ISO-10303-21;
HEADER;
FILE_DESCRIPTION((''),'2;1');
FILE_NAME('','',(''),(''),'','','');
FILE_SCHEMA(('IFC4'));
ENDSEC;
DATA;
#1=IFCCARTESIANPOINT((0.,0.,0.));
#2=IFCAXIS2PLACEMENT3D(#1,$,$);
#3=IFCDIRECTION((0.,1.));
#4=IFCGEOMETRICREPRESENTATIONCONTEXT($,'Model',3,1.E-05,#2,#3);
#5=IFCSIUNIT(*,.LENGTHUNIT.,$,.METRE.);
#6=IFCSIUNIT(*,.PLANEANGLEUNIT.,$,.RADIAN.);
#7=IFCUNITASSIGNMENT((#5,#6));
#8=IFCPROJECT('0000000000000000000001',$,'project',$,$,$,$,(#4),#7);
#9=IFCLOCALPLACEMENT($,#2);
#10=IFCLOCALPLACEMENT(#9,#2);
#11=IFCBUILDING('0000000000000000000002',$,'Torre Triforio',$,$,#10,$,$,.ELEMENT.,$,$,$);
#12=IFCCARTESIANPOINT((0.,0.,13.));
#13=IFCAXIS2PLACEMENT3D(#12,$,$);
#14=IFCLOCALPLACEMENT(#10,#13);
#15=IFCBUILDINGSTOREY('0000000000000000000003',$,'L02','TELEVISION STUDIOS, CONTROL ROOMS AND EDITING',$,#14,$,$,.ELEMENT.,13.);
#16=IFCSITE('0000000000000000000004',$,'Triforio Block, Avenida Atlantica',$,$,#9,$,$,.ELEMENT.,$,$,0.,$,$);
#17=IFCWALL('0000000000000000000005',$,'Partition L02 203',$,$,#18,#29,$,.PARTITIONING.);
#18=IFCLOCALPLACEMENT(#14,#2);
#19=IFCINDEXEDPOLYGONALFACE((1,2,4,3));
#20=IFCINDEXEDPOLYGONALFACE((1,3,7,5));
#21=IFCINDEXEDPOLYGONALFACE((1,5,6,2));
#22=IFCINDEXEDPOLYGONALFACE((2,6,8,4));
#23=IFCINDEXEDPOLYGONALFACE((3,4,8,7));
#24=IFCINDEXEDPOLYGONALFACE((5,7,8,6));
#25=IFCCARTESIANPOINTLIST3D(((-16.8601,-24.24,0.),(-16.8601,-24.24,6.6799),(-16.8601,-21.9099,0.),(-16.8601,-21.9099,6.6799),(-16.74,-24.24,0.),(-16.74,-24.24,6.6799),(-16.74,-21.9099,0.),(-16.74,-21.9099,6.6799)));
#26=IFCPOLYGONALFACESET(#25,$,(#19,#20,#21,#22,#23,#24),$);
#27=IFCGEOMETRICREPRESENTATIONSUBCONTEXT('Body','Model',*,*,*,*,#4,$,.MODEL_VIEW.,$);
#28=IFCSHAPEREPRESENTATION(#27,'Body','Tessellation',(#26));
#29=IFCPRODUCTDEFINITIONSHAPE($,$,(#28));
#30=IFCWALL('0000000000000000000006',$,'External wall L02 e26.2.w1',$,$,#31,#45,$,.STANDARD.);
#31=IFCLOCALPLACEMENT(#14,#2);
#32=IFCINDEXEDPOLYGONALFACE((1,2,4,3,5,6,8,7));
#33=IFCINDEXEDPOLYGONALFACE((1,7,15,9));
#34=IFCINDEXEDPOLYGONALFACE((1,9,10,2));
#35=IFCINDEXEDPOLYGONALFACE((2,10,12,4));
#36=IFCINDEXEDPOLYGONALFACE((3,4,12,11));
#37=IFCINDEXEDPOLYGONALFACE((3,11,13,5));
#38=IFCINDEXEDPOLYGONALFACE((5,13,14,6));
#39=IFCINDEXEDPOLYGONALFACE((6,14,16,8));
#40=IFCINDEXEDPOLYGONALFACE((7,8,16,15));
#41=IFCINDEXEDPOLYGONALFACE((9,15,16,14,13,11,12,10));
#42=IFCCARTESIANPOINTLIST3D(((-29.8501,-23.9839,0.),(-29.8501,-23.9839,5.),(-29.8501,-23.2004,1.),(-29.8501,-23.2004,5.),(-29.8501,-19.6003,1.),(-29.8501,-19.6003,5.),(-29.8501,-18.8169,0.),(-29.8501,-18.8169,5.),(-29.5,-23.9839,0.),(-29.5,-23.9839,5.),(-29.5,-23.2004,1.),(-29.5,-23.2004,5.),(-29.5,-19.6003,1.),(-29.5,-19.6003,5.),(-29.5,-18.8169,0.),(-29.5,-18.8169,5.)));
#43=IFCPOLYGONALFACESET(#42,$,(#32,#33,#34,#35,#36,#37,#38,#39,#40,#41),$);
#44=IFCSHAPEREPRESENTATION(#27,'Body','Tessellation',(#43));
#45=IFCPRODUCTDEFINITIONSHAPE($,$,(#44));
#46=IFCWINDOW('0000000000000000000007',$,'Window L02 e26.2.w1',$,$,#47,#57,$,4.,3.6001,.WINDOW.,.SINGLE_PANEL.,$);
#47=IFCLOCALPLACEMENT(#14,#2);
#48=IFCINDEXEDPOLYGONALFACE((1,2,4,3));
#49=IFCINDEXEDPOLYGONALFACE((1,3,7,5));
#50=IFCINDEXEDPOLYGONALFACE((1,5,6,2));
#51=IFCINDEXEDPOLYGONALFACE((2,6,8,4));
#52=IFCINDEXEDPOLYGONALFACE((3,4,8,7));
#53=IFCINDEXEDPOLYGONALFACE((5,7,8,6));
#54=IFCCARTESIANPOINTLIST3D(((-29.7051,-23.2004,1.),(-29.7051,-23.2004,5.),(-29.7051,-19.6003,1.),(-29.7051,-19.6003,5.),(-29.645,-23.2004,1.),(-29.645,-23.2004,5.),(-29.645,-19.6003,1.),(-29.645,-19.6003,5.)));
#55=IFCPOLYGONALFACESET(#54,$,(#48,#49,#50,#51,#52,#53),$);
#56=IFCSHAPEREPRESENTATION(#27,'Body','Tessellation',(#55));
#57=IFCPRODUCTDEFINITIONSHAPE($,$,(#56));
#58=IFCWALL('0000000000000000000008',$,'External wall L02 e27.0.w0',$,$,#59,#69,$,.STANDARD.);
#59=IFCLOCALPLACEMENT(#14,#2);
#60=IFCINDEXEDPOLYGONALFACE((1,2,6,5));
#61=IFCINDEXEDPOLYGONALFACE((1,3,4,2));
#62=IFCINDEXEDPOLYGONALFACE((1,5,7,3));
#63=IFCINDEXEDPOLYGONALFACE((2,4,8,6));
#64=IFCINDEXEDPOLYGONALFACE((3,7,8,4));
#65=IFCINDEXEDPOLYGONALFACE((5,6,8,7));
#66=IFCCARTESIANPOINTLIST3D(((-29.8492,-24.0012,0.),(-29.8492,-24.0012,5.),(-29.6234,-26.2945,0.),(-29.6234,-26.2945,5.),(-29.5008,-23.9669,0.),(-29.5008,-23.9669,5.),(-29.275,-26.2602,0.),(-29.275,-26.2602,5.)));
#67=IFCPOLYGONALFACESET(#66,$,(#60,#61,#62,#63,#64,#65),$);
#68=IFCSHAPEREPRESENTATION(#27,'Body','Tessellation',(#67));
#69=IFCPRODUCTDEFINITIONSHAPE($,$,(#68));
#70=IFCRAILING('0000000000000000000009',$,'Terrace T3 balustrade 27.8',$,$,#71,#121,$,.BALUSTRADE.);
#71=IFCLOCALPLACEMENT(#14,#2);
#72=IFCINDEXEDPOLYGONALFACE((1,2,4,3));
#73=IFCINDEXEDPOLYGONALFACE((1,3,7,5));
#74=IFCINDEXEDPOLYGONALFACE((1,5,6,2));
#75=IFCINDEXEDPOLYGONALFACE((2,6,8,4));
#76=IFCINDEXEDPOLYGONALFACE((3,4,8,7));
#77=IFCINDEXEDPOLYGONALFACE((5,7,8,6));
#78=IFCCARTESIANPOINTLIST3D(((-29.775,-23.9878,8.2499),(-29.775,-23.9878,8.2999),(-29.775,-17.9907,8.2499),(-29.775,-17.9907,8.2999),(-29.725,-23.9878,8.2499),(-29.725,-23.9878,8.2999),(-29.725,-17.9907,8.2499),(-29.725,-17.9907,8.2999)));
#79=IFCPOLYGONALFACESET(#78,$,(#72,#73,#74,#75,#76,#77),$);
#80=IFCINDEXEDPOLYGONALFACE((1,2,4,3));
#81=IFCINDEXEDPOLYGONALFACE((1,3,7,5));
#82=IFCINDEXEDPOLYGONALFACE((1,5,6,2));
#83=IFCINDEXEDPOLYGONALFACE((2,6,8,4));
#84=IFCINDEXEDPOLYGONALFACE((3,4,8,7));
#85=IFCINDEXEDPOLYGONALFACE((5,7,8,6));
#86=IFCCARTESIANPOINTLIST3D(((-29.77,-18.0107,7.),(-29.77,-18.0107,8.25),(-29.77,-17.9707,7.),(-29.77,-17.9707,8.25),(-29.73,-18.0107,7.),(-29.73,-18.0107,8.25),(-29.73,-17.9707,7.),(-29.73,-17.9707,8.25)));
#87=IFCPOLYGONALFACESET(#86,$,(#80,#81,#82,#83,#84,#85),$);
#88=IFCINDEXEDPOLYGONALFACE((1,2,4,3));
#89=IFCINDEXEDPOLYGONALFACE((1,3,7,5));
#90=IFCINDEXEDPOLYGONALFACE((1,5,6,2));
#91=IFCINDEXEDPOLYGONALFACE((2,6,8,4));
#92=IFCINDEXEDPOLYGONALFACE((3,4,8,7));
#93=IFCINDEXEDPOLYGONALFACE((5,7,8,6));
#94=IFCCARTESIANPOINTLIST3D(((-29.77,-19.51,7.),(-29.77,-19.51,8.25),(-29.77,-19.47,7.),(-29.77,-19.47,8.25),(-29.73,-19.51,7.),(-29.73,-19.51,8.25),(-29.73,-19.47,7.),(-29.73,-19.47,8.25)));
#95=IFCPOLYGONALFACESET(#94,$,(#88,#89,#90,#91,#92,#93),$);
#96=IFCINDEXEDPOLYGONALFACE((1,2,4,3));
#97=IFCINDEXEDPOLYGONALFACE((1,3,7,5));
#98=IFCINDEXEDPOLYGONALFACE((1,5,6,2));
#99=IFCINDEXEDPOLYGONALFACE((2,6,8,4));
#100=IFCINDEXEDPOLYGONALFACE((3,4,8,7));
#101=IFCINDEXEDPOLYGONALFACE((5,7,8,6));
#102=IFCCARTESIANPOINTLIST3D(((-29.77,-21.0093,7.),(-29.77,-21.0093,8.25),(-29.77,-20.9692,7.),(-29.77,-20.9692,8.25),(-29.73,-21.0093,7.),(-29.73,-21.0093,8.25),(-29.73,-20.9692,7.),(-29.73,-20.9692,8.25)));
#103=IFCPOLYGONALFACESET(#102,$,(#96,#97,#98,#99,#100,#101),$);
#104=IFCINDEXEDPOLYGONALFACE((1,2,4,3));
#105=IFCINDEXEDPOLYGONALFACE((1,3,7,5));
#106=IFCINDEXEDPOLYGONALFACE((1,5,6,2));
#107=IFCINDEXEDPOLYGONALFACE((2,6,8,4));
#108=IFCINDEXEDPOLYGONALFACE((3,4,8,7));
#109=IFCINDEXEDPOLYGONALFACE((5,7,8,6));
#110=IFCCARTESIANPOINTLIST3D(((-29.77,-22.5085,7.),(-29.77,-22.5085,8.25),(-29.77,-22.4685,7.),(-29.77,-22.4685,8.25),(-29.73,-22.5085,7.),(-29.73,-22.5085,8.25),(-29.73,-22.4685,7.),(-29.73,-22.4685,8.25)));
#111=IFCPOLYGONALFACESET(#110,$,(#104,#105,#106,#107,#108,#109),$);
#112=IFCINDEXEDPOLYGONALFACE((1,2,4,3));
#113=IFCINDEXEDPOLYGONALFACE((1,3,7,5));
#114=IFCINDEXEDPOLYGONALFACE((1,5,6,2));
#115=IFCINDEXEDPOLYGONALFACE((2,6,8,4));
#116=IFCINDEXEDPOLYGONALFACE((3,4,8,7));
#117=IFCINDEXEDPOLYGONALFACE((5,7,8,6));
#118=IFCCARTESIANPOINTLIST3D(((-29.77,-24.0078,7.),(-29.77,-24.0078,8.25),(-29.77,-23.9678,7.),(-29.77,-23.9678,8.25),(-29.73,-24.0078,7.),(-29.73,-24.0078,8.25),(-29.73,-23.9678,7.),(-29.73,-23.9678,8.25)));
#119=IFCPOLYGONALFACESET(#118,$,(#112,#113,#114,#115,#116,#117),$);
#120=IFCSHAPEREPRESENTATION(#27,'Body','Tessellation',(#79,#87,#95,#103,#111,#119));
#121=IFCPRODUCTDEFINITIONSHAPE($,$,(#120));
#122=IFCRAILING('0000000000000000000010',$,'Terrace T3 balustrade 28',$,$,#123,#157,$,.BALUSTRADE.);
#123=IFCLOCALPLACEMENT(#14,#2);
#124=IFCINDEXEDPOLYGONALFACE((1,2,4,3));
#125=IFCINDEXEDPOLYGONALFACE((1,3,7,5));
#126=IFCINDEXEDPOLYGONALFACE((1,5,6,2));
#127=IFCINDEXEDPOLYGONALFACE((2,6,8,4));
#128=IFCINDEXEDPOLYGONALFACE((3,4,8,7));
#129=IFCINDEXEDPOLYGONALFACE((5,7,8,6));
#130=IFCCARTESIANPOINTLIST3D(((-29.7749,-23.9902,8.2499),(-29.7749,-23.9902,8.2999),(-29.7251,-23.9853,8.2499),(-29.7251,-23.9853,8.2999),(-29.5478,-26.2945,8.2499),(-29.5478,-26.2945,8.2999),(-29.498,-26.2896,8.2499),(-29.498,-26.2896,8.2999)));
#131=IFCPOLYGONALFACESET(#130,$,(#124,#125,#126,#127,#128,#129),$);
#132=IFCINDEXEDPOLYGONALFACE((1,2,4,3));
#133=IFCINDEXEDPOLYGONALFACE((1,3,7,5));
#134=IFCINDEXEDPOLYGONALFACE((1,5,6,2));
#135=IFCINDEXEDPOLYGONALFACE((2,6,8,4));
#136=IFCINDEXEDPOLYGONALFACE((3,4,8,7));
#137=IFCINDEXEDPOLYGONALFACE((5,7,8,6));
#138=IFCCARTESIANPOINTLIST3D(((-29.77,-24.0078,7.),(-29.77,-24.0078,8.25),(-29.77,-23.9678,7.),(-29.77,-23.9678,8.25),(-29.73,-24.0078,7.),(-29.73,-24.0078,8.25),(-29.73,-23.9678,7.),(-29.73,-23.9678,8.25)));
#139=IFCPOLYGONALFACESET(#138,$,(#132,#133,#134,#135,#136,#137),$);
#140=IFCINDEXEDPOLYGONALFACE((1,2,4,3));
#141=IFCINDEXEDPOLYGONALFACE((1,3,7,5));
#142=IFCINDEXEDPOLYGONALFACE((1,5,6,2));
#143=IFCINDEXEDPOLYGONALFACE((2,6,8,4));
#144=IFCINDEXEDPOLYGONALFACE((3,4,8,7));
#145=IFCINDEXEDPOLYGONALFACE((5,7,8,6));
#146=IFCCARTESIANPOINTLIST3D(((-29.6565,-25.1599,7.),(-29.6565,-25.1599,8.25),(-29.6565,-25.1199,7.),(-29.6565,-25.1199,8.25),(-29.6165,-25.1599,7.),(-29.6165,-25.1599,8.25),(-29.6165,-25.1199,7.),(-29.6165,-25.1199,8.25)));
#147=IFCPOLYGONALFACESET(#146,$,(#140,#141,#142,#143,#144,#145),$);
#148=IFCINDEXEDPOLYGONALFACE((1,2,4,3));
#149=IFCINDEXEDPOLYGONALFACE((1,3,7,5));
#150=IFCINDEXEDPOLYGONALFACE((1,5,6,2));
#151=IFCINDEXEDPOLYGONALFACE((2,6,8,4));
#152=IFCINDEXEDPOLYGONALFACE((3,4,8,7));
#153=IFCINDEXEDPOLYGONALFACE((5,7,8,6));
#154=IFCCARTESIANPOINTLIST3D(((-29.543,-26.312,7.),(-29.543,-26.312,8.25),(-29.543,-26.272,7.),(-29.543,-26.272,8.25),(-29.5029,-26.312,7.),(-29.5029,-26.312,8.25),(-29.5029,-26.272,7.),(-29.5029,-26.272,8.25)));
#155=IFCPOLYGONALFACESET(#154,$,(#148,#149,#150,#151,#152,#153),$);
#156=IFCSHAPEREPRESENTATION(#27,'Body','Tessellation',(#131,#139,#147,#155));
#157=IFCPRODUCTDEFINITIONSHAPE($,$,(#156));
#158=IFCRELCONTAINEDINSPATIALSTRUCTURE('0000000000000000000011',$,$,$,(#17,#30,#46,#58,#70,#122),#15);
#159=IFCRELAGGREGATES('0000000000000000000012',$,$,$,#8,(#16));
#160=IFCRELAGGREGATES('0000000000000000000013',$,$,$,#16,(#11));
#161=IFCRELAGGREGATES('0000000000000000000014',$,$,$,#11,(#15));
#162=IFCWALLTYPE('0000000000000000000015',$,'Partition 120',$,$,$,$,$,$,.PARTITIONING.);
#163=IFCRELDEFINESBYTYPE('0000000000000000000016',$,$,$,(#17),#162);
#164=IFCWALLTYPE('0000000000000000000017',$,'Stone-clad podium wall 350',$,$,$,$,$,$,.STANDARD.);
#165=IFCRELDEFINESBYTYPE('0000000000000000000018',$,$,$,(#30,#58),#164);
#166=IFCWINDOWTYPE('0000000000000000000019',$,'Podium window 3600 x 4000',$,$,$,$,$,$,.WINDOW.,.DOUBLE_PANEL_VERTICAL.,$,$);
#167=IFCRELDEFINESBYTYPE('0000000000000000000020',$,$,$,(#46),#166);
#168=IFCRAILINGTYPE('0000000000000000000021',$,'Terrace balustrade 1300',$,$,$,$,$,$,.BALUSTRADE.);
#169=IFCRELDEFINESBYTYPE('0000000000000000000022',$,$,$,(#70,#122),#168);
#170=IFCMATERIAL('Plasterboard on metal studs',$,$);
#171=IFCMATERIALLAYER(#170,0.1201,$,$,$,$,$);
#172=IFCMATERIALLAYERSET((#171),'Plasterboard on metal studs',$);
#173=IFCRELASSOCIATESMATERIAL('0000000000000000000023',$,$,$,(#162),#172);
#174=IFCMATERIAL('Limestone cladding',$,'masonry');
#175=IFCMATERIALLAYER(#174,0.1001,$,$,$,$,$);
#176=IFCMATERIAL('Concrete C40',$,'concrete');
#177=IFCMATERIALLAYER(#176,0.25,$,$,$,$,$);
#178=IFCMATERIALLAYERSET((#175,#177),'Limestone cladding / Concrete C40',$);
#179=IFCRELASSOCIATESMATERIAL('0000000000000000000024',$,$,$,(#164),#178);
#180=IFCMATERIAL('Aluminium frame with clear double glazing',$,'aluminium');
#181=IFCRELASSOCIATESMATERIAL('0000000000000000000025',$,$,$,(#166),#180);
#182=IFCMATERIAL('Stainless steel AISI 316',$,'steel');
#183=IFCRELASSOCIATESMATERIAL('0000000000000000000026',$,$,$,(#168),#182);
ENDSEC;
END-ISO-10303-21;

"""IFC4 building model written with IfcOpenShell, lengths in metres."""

from ifc_helpers import new_model, si_unit, direction, frame, frame_2d, origin, origin_2d, place, context, subcontext, project, spatial, rectangle, extrude, material, layer, layer_set, type_object, element, fill, save


model = new_model("IFC4")

# Units and contexts
model_context = context("Model", 3, precision=1e-05, world=origin(), true_north=direction((0.0, 1.0)))
body_context = subcontext(model_context, "Body", "Model", "MODEL_VIEW")
ifc_project = project(units=[si_unit("LENGTHUNIT", "METRE"), si_unit("PLANEANGLEUNIT", "RADIAN")], contexts=[model_context])

# Site, building, storey
site_placement = place(None, origin())
site = spatial("IfcSite", under=ifc_project, at=site_placement, Name="Triforio Block, Avenida Atlantica", CompositionType="ELEMENT", RefElevation=0.0)
building_placement = place(site_placement, origin())
building = spatial("IfcBuilding", under=site, at=building_placement, Name="Torre Triforio", CompositionType="ELEMENT")
storey_placement = place(building_placement, frame((0.0, 0.0, 13.0)))
storey = spatial("IfcBuildingStorey", under=building, at=storey_placement, Name="L02", Description="TELEVISION STUDIOS, CONTROL ROOMS AND EDITING", CompositionType="ELEMENT", Elevation=13.0)

# Wall
ifc_material_1 = material(Name="Plasterboard on metal studs")
ifc_layer_1 = layer(ifc_material_1, 0.1201)
ifc_layer_set_1 = layer_set([ifc_layer_1], Name="Plasterboard on metal studs")
wall_type_1 = type_object("IfcWallType", Name="Partition 120", PredefinedType="PARTITIONING", material=ifc_layer_set_1)
wall_1_placement = place(storey_placement, frame((-16.8, -24.24, 0.0), z_axis=(0.0, 0.0, 1.0), x_axis=(0.0, 1.0, 0.0)))
element("IfcWall", 1, at=wall_1_placement, inside=storey, type_object=wall_type_1, Name="Partition L02 203", PredefinedType="PARTITIONING", context=body_context, shape_type="SweptSolid", body=[
    extrude(rectangle(XDim=2.3301, YDim=0.1201, at=frame_2d((1.165, 0.0))), origin(), (0.0, 0.0, 1.0), 6.6799),
])

# Wall, opening, window
ifc_material_2 = material(Name="Limestone cladding", Category="masonry")
ifc_layer_2 = layer(ifc_material_2, 0.1001)
ifc_material_3 = material(Name="Concrete C40", Category="concrete")
ifc_layer_3 = layer(ifc_material_3, 0.25)
ifc_layer_set_2 = layer_set([ifc_layer_2, ifc_layer_3], Name="Limestone cladding / Concrete C40")
wall_type_2 = type_object("IfcWallType", Name="Stone-clad podium wall 350", PredefinedType="STANDARD", material=ifc_layer_set_2)
wall_2_placement = place(storey_placement, frame((-29.675, -18.8169, 0.0), z_axis=(0.0, 0.0, 1.0), x_axis=(0.0, -1.0, 0.0)))
wall_2 = element("IfcWall", 2, at=wall_2_placement, inside=storey, type_object=wall_type_2, Name="External wall L02 e26.2.w1", PredefinedType="STANDARD", context=body_context, shape_type="SweptSolid", body=[
    extrude(rectangle(XDim=5.167, YDim=0.3501, at=frame_2d((2.5835, 0.0))), origin(), (0.0, 0.0, 1.0), 5.0),
])
opening_placement = place(wall_2_placement, frame((0.7834, 0.0, 1.0)))
opening = element("IfcOpeningElement", 3, at=opening_placement, cuts=wall_2, PredefinedType="OPENING", context=body_context, shape_type="SweptSolid", body=[
    extrude(rectangle(XDim=3.6001, YDim=4.0, at=frame_2d((1.8, 2.0))), frame((0.0, 0.1851, 0.0), z_axis=(0.0, -1.0, 0.0), x_axis=(1.0, 0.0, 0.0)), (0.0, 0.0, 1.0), 0.3701),
])
ifc_material_4 = material(Name="Aluminium frame with clear double glazing", Category="aluminium")
window_type = type_object("IfcWindowType", Name="Podium window 3600 x 4000", PartitioningType="DOUBLE_PANEL_VERTICAL", PredefinedType="WINDOW", material=ifc_material_4)
window_placement = place(opening_placement, origin())
window = element("IfcWindow", 4, at=window_placement, inside=storey, type_object=window_type, Name="Window L02 e26.2.w1", OverallHeight=4.0, OverallWidth=3.6001, PartitioningType="SINGLE_PANEL", PredefinedType="WINDOW", context=body_context, shape_type="SweptSolid", body=[
    extrude(rectangle(XDim=3.6001, YDim=4.0, at=frame_2d((1.8, 2.0))), frame((0.0, 0.03, 0.0), z_axis=(0.0, -1.0, 0.0), x_axis=(1.0, 0.0, 0.0)), (0.0, 0.0, 1.0), 0.0601),
])
fill(opening, window)

# Wall
wall_3_placement = place(storey_placement, frame((-29.675, -23.9839, 0.0), z_axis=(0.0, 0.0, 1.0), x_axis=(0.097993, -0.995187, 0.0)))
element("IfcWall", 5, at=wall_3_placement, inside=storey, type_object=wall_type_2, Name="External wall L02 e27.0.w0", PredefinedType="STANDARD", context=body_context, shape_type="SweptSolid", body=[
    extrude(rectangle(XDim=2.3044, YDim=0.3501, at=frame_2d((1.1523, 0.0))), origin(), (0.0, 0.0, 1.0), 5.0),
])

# Railings
ifc_material_5 = material(Name="Stainless steel AISI 316", Category="steel")
railing_type = type_object("IfcRailingType", Name="Terrace balustrade 1300", PredefinedType="BALUSTRADE", material=ifc_material_5)
railing_1_placement = place(storey_placement, frame((-29.75, -17.9907, 7.0)))
element("IfcRailing", 6, at=railing_1_placement, inside=storey, type_object=railing_type, Name="Terrace T3 balustrade 27.8", PredefinedType="BALUSTRADE", context=body_context, shape_type="SweptSolid", body=[
    extrude(rectangle(XDim=0.05, YDim=0.05, at=origin_2d()), frame((0.0, 0.0, 1.2749), z_axis=(0.0, -1.0, 0.0), x_axis=(1.0, 0.0, 0.0)), (0.0, 0.0, 1.0), 5.9971),
    extrude(rectangle(XDim=0.04, YDim=0.04, at=origin_2d()), origin(), (0.0, 0.0, 1.0), 1.25),
    extrude(rectangle(XDim=0.04, YDim=0.04, at=origin_2d()), frame((0.0, -1.4993, 0.0)), (0.0, 0.0, 1.0), 1.25),
    extrude(rectangle(XDim=0.04, YDim=0.04, at=origin_2d()), frame((0.0, -2.9985, 0.0)), (0.0, 0.0, 1.0), 1.25),
    extrude(rectangle(XDim=0.04, YDim=0.04, at=origin_2d()), frame((0.0, -4.4978, 0.0)), (0.0, 0.0, 1.0), 1.25),
    extrude(rectangle(XDim=0.04, YDim=0.04, at=origin_2d()), frame((0.0, -5.9971, 0.0)), (0.0, 0.0, 1.0), 1.25),
])
railing_2_placement = place(storey_placement, frame((-29.75, -23.9878, 7.0)))
element("IfcRailing", 7, at=railing_2_placement, inside=storey, type_object=railing_type, Name="Terrace T3 balustrade 28", PredefinedType="BALUSTRADE", context=body_context, shape_type="SweptSolid", body=[
    extrude(rectangle(XDim=0.05, YDim=0.05, at=origin_2d()), frame((0.0, 0.0, 1.2749), z_axis=(0.098063, -0.99518, 0.0), x_axis=(0.99518, 0.098063, 0.0)), (0.0, 0.0, 1.0), 2.3154),
    extrude(rectangle(XDim=0.04, YDim=0.04, at=origin_2d()), origin(), (0.0, 0.0, 1.0), 1.25),
    extrude(rectangle(XDim=0.04, YDim=0.04, at=origin_2d()), frame((0.1135, -1.1521, 0.0)), (0.0, 0.0, 1.0), 1.25),
    extrude(rectangle(XDim=0.04, YDim=0.04, at=origin_2d()), frame((0.2271, -2.3042, 0.0)), (0.0, 0.0, 1.0), 1.25),
])

save(model, "model.ifc")
